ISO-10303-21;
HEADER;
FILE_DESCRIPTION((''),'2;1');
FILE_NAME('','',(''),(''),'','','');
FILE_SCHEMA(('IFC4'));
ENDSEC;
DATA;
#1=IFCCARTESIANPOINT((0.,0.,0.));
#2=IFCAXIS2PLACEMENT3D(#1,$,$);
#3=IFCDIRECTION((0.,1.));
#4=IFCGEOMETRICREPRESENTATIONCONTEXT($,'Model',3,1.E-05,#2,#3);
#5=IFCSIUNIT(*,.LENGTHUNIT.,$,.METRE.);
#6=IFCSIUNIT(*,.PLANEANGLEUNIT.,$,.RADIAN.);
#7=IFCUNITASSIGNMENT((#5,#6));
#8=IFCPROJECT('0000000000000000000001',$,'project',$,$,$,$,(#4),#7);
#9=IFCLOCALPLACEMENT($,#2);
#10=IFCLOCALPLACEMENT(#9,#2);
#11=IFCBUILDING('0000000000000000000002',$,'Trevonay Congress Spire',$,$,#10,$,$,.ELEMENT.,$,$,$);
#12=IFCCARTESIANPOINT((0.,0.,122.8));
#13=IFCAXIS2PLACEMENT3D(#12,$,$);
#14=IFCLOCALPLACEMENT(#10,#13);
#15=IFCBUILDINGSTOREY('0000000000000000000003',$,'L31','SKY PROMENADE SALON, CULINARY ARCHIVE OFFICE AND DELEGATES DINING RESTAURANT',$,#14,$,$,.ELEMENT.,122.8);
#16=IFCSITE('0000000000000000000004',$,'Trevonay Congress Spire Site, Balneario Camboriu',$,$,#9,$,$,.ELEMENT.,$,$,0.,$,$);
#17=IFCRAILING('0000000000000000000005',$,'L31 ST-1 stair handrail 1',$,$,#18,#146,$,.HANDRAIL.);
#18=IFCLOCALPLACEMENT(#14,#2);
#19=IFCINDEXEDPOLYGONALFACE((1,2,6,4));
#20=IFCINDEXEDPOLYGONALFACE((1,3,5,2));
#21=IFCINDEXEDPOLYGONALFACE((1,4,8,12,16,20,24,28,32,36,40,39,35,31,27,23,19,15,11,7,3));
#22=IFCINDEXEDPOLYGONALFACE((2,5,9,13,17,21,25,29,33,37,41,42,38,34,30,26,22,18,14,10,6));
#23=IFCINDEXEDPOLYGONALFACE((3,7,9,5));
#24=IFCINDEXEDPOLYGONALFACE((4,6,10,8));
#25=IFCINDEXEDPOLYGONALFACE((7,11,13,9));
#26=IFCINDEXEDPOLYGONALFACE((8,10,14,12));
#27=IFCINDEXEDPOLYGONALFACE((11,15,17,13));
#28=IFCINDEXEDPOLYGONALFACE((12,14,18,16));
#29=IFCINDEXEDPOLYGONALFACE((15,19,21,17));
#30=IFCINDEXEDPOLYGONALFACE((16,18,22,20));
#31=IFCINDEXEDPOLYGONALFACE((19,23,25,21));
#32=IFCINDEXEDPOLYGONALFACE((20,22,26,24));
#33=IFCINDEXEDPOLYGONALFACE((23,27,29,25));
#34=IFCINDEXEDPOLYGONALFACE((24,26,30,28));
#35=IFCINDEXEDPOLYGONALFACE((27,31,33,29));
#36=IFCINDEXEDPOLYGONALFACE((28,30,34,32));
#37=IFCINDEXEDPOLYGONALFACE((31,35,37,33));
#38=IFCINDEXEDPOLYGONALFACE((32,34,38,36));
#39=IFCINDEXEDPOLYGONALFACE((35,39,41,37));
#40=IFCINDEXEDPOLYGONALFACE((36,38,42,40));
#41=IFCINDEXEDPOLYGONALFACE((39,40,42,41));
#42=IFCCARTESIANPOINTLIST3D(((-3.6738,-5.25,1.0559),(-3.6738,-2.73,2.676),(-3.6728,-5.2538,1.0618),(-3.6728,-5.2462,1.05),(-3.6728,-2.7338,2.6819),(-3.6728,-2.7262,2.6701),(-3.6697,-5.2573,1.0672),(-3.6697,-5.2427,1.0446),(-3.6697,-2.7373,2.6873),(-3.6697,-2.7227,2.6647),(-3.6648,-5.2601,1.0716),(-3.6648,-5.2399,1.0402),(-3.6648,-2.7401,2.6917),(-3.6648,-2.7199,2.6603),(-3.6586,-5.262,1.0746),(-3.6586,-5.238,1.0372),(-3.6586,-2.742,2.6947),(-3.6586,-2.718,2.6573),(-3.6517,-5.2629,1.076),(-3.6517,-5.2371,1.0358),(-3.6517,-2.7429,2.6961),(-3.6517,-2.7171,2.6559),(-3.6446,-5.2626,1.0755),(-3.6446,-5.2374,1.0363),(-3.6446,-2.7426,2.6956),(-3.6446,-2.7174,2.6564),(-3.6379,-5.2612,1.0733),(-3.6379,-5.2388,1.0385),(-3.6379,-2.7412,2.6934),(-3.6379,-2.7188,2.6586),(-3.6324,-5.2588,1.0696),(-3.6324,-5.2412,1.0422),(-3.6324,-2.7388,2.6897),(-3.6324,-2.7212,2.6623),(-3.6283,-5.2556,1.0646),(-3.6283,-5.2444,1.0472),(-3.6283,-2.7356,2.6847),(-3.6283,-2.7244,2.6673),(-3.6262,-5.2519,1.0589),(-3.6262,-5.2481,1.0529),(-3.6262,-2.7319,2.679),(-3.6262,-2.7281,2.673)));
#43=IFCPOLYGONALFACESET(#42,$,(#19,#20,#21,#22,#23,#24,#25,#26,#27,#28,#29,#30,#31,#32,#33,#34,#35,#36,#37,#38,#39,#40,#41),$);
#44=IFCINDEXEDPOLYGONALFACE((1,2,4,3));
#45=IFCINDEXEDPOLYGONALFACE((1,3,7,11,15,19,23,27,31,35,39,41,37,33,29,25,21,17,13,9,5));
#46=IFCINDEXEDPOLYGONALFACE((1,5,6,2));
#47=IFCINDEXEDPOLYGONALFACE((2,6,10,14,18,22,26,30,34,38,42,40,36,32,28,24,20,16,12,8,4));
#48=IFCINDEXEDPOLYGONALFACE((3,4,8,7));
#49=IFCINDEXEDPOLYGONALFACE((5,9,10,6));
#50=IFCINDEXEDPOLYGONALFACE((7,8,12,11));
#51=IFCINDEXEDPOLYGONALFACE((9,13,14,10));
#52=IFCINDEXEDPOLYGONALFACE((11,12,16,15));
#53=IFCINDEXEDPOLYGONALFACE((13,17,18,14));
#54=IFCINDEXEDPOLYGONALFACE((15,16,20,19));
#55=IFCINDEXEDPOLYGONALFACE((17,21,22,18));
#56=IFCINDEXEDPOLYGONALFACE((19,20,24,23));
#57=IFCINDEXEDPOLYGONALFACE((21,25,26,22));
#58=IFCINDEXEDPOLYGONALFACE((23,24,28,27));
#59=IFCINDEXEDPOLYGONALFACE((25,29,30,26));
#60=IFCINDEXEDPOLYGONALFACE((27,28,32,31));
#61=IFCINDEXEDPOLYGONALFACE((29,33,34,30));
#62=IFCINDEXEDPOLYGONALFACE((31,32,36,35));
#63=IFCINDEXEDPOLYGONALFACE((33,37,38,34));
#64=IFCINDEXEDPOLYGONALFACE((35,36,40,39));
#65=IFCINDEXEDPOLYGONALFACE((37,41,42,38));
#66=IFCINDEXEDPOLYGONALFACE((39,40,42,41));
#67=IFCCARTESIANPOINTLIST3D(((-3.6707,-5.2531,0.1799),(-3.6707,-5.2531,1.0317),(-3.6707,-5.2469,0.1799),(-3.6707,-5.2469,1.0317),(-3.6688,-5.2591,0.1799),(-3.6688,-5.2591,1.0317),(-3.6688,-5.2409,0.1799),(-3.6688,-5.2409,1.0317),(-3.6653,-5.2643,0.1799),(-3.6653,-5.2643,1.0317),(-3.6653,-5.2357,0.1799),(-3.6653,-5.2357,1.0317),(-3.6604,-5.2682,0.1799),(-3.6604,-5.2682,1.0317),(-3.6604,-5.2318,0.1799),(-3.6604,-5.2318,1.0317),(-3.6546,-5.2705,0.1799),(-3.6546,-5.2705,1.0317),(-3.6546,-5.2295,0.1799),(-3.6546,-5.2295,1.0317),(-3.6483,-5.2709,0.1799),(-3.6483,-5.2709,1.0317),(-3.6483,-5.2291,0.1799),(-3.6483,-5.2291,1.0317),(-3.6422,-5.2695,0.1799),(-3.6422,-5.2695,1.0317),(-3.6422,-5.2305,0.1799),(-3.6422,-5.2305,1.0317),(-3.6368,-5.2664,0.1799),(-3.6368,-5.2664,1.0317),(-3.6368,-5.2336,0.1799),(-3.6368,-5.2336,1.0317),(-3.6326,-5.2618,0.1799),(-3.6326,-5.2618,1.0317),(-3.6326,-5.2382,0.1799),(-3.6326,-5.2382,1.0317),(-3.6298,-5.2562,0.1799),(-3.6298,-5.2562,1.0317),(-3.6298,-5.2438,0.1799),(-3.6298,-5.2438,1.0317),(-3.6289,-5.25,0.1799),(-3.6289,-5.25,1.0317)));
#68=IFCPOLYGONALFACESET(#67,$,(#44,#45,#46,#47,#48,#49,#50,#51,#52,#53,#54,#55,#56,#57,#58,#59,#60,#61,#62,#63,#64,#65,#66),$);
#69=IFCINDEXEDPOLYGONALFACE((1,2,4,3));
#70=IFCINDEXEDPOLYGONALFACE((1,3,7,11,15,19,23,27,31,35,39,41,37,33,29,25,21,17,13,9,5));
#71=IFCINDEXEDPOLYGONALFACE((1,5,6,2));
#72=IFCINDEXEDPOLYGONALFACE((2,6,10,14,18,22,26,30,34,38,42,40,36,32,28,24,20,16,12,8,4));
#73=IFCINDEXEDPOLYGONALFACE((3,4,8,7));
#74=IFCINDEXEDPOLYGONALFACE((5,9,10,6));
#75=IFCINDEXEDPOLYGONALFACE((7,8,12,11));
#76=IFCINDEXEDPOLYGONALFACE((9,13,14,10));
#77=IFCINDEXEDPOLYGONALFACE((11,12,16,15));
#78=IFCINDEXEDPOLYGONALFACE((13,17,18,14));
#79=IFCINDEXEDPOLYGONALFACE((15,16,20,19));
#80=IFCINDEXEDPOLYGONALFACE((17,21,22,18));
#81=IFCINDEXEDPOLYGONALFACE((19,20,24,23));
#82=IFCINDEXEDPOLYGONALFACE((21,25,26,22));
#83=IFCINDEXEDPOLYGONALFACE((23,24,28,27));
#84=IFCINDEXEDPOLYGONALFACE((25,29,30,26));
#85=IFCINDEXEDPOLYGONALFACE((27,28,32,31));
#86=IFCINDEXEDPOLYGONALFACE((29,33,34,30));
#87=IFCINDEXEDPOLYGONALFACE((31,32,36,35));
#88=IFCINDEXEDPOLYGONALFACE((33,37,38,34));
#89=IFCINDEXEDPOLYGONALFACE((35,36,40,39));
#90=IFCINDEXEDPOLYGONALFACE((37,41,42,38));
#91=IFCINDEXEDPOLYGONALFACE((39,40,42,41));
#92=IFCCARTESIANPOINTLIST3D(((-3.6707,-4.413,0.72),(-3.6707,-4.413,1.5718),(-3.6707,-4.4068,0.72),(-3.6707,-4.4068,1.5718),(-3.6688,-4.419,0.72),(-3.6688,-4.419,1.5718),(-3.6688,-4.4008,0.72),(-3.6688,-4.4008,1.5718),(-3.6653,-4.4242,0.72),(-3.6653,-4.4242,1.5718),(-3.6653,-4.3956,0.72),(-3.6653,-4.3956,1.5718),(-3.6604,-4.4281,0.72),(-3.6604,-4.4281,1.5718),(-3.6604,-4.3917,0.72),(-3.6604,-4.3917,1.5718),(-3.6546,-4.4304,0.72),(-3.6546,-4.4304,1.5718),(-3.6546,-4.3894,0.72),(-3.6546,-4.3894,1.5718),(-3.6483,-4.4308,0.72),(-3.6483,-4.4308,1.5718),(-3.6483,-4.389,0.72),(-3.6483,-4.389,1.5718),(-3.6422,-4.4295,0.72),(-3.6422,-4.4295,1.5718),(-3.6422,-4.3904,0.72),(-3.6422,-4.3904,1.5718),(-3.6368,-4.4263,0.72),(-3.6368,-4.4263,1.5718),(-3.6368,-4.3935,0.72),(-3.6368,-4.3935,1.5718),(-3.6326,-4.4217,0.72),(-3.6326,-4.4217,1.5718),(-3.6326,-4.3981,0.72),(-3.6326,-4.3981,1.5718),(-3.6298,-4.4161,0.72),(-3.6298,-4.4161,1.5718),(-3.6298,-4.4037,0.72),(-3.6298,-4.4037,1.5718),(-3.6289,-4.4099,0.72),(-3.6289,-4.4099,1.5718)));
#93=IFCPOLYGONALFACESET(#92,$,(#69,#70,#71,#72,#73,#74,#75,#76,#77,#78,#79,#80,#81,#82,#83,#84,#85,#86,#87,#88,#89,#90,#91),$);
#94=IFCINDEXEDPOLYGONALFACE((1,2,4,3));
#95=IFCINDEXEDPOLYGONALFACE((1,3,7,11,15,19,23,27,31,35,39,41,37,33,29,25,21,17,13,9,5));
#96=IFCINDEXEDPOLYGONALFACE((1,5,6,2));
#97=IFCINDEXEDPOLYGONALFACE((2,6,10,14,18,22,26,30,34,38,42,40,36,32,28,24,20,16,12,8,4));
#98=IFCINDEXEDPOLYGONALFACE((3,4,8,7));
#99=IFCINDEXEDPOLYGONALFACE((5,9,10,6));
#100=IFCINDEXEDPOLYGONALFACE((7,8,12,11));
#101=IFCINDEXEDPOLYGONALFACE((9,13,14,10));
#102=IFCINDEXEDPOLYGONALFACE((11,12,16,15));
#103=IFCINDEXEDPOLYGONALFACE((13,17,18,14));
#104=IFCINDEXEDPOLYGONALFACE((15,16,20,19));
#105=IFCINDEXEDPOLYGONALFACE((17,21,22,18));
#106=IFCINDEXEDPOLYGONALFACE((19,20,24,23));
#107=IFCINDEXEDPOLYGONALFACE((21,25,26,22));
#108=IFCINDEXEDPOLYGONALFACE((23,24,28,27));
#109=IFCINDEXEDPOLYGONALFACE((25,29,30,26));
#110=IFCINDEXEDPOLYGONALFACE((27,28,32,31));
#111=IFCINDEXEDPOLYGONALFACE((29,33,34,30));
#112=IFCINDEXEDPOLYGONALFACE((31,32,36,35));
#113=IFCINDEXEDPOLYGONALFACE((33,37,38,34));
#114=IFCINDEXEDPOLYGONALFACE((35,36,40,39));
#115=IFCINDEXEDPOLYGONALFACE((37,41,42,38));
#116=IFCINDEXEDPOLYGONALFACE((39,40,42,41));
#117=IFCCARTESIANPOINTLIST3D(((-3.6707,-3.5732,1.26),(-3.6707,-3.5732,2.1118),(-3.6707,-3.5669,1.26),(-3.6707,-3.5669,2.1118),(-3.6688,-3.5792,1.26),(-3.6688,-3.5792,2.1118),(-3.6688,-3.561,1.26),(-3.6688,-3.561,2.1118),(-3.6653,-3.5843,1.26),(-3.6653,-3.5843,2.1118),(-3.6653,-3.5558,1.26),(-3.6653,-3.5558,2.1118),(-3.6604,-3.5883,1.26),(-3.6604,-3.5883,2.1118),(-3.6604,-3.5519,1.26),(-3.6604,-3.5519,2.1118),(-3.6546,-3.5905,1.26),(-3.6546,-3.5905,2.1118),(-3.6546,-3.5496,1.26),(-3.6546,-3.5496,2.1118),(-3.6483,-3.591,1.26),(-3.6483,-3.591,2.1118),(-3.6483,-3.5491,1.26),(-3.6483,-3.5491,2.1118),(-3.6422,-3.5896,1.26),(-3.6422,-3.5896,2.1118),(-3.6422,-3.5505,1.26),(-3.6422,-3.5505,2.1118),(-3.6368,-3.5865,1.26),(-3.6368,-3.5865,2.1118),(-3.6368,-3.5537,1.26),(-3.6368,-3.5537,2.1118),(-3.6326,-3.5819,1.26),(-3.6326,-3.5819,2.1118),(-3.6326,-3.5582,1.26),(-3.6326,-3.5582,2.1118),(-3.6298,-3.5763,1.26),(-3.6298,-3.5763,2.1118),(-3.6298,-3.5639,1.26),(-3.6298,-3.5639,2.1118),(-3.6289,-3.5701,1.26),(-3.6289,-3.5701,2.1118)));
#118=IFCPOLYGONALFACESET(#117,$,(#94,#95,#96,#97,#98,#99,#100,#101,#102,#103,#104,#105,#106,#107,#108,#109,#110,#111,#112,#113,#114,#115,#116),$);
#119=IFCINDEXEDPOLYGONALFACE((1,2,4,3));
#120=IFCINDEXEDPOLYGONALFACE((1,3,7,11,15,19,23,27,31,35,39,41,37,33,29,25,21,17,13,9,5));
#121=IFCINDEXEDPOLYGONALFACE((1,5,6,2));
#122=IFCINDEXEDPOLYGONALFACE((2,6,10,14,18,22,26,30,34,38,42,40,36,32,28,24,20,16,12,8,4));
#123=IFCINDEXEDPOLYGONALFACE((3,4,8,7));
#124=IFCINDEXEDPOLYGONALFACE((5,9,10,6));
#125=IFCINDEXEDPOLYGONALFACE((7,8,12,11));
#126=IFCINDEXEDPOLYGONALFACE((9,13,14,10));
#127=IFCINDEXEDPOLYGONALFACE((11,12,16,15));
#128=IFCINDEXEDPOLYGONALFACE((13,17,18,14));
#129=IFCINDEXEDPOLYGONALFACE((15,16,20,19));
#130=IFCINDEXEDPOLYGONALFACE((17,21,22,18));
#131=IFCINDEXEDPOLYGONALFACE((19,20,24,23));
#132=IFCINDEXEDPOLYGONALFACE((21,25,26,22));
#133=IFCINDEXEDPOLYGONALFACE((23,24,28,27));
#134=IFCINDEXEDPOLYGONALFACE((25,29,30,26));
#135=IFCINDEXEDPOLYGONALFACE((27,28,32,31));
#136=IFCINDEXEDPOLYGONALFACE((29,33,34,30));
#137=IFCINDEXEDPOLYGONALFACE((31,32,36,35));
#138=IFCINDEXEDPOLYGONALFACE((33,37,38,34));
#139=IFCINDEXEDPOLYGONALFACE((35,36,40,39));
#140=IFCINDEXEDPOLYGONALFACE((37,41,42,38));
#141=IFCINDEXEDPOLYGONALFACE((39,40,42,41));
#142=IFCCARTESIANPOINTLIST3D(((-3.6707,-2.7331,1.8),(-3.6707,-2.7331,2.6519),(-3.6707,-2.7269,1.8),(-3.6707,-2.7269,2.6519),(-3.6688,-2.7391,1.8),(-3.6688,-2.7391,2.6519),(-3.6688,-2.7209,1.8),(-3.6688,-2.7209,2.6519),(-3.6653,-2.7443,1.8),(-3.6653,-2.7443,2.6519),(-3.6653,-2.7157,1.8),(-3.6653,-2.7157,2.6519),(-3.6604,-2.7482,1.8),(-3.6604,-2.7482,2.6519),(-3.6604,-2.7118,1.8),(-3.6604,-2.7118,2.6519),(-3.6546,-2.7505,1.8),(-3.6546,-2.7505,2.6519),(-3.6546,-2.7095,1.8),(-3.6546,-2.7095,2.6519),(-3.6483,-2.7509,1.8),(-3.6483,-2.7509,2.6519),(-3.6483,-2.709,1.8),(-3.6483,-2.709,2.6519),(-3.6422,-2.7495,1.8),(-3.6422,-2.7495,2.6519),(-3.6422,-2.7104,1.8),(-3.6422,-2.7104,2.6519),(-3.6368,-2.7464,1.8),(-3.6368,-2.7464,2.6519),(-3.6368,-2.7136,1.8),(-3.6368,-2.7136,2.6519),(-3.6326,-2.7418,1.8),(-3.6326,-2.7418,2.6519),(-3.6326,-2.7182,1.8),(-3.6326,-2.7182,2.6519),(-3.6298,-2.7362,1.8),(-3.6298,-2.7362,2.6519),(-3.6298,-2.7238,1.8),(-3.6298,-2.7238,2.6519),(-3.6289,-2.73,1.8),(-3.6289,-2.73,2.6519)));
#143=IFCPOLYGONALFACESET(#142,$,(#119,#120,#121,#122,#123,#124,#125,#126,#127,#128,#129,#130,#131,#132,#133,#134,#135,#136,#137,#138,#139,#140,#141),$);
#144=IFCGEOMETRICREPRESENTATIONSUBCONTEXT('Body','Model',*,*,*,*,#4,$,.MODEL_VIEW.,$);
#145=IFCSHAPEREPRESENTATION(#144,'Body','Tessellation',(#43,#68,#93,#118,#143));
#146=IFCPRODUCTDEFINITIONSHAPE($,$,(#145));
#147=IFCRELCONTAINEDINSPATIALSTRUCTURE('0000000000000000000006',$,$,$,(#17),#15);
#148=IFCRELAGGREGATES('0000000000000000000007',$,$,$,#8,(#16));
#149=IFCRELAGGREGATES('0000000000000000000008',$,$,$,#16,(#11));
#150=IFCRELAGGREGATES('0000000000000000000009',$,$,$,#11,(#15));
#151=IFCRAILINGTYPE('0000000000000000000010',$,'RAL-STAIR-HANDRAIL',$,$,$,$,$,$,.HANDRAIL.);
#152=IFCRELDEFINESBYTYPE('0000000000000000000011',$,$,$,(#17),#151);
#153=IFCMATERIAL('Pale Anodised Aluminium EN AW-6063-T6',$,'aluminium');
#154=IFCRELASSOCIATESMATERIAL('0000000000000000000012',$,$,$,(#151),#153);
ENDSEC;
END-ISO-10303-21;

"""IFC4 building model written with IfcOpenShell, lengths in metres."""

from ifc_helpers import new_model, si_unit, direction, frame, origin, origin_2d, place, context, subcontext, project, spatial, circle, extrude, material, type_object, element, save


model = new_model("IFC4")

# Units and contexts
model_context = context("Model", 3, precision=1e-05, world=origin(), true_north=direction((0.0, 1.0)))
body_context = subcontext(model_context, "Body", "Model", "MODEL_VIEW")
ifc_project = project(units=[si_unit("LENGTHUNIT", "METRE"), si_unit("PLANEANGLEUNIT", "RADIAN")], contexts=[model_context])

# Site, building, storey
site_placement = place(None, origin())
site = spatial("IfcSite", under=ifc_project, at=site_placement, Name="Trevonay Congress Spire Site, Balneario Camboriu", CompositionType="ELEMENT", RefElevation=0.0)
building_placement = place(site_placement, origin())
building = spatial("IfcBuilding", under=site, at=building_placement, Name="Trevonay Congress Spire", CompositionType="ELEMENT")
storey_placement = place(building_placement, frame((0.0, 0.0, 122.8)))
storey = spatial("IfcBuildingStorey", under=building, at=storey_placement, Name="L31", Description="SKY PROMENADE SALON, CULINARY ARCHIVE OFFICE AND DELEGATES DINING RESTAURANT", CompositionType="ELEMENT", Elevation=122.8)

# Railing
ifc_material_1 = material(Name="Pale Anodised Aluminium EN AW-6063-T6", Category="aluminium")
railing_type_1 = type_object("IfcRailingType", Name="RAL-STAIR-HANDRAIL", PredefinedType="HANDRAIL", material=ifc_material_1)
railing_1_placement = place(storey_placement, frame((-3.6499, -5.25, 0.1799)))
element("IfcRailing", 1, at=railing_1_placement, inside=storey, type_object=railing_type_1, Name="L31 ST-1 stair handrail 1", PredefinedType="HANDRAIL", context=body_context, shape_type="SweptSolid", body=[
    extrude(circle(Radius=0.0239, at=origin_2d()), frame((0.0, 0.0, 0.876), z_axis=(0.0, 0.841163, 0.540782), x_axis=(-1.0, 0.0, 0.0)), (0.0, 0.0, 1.0), 2.9958),
    extrude(circle(Radius=0.021, at=origin_2d()), origin(), (0.0, 0.0, 1.0), 0.8518),
    extrude(circle(Radius=0.021, at=origin_2d()), frame((0.0, 0.8401, 0.54)), (0.0, 0.0, 1.0), 0.8518),
    extrude(circle(Radius=0.021, at=origin_2d()), frame((0.0, 1.6799, 1.0801)), (0.0, 0.0, 1.0), 0.8518),
    extrude(circle(Radius=0.021, at=origin_2d()), frame((0.0, 2.52, 1.6201)), (0.0, 0.0, 1.0), 0.8518),
])

save(model, "model.ifc")
